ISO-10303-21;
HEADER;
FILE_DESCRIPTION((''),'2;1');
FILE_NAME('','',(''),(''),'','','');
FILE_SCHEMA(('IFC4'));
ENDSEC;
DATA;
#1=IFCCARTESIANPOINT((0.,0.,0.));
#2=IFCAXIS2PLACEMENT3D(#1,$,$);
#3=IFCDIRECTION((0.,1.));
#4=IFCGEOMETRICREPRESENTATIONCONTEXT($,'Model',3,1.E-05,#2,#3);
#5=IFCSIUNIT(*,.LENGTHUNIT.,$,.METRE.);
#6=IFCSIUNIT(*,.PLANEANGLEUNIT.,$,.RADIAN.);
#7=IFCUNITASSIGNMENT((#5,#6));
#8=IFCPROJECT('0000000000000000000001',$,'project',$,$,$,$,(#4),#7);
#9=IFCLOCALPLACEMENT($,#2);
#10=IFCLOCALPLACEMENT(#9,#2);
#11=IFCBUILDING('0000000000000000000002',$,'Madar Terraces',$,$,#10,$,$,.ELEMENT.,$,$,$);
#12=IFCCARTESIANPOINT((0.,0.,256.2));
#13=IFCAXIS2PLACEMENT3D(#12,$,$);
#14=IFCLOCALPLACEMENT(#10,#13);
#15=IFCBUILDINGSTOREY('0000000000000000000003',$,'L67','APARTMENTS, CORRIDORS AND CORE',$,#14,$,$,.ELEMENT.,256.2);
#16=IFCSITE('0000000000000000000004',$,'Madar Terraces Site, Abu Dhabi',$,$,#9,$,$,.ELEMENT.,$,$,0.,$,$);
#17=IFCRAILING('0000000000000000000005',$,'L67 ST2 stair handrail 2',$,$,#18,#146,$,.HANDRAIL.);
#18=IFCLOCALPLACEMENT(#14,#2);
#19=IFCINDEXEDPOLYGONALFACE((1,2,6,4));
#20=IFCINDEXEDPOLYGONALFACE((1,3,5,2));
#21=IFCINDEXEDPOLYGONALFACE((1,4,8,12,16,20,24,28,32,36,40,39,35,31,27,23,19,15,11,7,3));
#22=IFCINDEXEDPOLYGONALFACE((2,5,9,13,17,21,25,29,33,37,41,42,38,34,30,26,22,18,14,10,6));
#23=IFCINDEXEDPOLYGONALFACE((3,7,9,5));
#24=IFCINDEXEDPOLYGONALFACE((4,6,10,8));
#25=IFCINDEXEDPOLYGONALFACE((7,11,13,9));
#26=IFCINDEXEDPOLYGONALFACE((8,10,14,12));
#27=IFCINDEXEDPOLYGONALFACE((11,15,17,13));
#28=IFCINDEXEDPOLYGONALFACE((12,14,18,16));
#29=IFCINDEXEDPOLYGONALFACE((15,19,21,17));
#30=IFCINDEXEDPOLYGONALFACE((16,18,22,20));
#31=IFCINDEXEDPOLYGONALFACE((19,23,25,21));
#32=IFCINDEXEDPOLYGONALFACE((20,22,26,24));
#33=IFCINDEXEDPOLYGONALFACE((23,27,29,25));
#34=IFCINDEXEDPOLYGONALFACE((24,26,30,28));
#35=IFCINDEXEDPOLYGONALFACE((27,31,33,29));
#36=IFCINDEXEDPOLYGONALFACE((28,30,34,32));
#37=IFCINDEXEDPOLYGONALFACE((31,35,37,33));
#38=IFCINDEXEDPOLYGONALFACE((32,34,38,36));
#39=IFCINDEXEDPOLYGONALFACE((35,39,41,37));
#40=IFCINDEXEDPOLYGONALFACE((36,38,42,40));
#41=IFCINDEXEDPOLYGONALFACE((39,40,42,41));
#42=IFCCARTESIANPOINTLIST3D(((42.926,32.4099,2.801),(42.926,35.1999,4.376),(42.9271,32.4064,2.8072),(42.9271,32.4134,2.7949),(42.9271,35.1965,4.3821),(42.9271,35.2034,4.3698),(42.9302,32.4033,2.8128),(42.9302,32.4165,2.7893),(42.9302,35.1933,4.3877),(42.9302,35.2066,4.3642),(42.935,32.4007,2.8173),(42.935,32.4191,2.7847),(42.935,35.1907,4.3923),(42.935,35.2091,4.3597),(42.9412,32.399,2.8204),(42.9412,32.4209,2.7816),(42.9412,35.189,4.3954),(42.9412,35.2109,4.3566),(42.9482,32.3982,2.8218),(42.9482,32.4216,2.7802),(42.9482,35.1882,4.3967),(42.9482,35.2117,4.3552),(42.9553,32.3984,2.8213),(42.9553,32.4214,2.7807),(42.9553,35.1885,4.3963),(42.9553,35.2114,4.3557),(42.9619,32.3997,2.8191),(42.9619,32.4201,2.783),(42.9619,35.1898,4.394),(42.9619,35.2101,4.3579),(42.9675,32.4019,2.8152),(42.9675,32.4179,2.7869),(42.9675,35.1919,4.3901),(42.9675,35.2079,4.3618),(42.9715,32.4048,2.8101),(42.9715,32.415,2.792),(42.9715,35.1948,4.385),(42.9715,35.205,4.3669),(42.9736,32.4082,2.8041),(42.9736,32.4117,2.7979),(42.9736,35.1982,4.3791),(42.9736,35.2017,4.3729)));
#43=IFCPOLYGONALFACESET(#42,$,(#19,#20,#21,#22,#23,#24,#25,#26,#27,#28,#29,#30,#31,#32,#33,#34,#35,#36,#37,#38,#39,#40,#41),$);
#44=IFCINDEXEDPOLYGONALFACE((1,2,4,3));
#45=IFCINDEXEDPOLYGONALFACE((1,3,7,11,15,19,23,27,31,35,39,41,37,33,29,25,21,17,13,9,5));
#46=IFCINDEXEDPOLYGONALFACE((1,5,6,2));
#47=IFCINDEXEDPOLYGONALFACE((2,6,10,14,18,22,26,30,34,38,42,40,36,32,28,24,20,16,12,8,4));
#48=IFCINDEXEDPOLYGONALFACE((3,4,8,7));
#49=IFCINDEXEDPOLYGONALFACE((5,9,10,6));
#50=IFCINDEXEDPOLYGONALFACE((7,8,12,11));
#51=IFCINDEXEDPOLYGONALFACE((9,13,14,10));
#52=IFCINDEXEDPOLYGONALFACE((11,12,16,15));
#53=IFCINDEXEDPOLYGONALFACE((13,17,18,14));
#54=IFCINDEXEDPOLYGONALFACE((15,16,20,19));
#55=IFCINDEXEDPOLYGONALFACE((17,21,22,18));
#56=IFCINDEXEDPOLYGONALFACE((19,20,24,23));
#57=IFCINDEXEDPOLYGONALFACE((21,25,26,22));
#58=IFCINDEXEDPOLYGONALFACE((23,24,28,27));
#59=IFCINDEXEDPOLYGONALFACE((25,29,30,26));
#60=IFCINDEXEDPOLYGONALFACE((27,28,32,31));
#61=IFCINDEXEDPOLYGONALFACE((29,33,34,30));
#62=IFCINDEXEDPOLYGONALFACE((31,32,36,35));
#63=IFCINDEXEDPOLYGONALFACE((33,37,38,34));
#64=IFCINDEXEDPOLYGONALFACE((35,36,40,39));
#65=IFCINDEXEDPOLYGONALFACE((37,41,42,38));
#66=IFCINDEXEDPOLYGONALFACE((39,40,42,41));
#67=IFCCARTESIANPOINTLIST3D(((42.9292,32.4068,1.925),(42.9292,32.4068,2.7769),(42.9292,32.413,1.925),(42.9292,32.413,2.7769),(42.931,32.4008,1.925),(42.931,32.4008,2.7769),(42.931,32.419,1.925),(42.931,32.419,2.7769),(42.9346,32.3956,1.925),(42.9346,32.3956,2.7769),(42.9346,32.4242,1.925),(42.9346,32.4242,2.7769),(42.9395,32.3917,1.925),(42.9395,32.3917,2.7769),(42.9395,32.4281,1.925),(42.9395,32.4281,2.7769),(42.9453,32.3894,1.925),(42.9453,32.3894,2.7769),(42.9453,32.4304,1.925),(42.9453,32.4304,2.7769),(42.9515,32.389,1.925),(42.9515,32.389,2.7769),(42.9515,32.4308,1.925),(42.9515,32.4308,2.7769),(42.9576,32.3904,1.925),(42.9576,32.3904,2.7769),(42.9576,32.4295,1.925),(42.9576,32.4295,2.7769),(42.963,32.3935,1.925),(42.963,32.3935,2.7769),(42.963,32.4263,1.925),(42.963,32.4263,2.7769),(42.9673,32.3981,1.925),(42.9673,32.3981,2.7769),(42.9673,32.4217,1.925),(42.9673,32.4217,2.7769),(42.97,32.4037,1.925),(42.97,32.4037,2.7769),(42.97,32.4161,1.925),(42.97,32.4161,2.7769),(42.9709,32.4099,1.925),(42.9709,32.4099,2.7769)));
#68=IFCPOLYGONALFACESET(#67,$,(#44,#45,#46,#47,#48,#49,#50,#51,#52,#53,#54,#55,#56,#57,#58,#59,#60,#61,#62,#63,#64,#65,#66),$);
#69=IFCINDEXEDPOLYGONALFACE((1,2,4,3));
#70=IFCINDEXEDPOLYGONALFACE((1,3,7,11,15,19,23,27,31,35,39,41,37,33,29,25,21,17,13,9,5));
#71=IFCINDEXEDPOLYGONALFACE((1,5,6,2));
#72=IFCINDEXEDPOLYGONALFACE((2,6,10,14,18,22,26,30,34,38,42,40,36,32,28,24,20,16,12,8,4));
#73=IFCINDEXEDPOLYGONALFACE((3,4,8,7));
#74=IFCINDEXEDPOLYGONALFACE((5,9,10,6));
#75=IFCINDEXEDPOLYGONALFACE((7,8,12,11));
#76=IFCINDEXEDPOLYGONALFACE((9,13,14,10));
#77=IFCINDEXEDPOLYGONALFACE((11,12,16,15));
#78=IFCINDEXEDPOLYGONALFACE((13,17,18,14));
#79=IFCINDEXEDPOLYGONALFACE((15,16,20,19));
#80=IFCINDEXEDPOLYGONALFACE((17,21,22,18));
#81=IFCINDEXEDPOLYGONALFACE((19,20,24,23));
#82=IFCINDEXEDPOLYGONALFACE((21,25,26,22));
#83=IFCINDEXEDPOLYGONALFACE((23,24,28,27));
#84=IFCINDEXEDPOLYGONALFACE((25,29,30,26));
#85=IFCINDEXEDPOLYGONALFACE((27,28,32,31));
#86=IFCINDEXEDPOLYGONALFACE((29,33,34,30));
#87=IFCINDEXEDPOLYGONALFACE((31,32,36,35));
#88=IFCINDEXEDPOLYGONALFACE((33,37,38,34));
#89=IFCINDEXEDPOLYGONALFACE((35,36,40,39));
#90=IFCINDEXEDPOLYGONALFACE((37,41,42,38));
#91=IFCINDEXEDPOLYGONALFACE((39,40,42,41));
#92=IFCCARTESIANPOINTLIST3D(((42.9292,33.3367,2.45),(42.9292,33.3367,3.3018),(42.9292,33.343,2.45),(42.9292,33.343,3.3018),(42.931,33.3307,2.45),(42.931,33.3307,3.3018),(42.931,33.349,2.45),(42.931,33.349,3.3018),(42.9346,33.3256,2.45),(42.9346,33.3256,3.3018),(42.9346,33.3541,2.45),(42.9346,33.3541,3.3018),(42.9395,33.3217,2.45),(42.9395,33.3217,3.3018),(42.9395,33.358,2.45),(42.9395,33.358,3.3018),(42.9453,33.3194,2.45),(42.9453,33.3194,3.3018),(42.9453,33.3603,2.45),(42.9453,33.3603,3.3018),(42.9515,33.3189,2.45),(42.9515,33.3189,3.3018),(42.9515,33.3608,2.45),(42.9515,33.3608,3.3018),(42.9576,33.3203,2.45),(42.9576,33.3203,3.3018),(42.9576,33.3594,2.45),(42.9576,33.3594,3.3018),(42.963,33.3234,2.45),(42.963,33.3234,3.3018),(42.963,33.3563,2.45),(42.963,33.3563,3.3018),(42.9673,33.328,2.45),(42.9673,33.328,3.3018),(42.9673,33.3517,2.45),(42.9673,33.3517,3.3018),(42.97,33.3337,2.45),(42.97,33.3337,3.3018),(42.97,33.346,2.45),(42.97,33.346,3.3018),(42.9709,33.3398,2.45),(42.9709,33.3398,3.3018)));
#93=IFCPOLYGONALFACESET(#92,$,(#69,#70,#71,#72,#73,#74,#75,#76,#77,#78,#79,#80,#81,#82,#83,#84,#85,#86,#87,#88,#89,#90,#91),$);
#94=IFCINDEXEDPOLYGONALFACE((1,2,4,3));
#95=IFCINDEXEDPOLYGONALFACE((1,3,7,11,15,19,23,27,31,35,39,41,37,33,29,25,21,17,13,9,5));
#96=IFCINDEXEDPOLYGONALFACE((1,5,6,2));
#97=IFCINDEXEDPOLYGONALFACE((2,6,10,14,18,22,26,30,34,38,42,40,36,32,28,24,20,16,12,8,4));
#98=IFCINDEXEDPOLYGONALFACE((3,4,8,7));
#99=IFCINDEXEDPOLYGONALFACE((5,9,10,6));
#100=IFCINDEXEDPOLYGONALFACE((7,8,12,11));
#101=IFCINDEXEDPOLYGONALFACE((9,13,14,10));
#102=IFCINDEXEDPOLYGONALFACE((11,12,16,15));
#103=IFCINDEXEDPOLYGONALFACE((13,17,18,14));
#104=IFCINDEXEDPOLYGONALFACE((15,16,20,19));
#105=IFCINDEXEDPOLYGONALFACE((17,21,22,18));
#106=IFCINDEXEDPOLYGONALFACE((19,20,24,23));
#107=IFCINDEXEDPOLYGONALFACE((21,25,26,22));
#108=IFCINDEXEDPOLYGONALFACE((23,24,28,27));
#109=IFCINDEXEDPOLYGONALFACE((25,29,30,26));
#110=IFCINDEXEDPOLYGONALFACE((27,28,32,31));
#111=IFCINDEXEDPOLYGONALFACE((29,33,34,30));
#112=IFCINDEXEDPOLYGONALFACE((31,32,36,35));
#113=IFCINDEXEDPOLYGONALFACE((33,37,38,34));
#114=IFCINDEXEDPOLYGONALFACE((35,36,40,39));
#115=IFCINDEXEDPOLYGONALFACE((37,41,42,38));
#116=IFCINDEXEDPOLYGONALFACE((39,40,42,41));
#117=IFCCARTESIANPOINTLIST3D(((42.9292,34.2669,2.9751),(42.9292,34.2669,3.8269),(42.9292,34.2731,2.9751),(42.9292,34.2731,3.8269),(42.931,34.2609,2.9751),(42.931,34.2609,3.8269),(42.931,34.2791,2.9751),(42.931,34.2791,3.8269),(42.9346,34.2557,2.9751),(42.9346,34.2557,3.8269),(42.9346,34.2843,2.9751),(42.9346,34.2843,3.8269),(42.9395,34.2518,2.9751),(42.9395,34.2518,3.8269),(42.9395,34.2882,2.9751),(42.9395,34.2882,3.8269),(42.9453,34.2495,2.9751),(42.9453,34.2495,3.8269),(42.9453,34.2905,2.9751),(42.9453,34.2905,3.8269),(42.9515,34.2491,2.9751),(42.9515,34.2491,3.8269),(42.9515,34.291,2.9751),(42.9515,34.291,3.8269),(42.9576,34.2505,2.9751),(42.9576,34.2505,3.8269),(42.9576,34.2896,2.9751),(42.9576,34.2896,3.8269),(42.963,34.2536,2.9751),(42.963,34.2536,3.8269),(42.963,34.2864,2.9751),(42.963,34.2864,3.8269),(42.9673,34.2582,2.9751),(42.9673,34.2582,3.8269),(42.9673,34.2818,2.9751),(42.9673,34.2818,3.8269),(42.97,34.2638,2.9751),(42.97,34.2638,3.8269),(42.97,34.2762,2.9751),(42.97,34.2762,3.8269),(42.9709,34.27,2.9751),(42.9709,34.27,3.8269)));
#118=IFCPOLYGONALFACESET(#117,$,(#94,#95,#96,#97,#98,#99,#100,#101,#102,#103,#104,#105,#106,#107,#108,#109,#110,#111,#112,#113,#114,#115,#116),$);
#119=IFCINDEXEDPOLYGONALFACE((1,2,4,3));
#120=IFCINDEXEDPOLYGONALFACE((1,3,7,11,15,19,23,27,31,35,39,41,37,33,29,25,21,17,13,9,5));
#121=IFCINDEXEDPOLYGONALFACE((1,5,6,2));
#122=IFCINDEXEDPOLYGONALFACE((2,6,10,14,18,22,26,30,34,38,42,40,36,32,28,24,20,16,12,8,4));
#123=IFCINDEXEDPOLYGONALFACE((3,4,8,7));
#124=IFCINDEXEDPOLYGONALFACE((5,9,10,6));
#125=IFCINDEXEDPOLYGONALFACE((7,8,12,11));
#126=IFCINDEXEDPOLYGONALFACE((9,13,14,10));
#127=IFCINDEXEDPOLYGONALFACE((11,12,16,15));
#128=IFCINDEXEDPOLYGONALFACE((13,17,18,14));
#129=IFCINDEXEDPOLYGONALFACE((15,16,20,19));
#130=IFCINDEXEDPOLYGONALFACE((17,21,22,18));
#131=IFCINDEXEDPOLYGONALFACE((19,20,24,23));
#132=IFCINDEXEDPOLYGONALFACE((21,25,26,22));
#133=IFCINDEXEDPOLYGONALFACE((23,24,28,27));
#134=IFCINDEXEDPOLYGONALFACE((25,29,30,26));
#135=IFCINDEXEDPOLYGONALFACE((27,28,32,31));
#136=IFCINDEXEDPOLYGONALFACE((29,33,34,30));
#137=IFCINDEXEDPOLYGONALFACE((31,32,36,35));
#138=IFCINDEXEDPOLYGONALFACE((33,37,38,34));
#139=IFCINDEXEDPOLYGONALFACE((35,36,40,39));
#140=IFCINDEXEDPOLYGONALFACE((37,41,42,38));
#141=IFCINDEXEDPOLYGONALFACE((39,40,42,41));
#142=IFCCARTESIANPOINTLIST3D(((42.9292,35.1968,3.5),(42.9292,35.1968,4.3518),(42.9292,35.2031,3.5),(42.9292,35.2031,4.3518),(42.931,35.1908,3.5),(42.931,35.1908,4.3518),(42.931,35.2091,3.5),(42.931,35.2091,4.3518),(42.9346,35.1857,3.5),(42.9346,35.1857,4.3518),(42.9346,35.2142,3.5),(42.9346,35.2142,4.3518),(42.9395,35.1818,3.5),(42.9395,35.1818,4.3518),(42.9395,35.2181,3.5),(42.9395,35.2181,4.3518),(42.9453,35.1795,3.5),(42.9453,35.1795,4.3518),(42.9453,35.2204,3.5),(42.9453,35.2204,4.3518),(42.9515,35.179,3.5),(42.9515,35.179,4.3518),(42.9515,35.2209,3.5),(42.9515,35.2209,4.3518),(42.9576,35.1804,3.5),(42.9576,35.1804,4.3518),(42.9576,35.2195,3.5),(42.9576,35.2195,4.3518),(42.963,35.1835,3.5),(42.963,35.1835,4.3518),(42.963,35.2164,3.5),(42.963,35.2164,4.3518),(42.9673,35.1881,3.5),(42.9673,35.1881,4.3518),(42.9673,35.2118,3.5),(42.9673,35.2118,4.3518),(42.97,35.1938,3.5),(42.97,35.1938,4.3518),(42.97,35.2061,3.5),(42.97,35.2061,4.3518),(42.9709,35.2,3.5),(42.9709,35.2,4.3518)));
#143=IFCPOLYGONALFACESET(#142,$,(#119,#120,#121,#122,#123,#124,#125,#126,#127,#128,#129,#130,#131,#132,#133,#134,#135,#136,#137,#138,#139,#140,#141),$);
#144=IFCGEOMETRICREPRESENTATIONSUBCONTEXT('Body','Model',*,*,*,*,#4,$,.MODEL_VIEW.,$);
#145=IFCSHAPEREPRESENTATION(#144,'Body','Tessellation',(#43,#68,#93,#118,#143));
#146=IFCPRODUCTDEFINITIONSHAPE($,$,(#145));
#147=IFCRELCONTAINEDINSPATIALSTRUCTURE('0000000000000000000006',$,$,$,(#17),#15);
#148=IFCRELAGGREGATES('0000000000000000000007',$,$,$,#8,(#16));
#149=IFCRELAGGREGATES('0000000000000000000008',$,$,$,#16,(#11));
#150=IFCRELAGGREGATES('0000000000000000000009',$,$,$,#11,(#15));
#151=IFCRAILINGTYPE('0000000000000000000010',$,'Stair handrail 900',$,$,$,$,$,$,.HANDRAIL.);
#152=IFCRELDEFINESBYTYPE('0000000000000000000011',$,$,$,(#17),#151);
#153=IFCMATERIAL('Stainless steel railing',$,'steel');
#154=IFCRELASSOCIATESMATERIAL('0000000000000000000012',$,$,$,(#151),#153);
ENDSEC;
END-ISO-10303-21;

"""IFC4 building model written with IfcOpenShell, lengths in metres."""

from ifc_helpers import new_model, si_unit, direction, frame, origin, origin_2d, place, context, subcontext, project, spatial, circle, extrude, material, type_object, element, save


model = new_model("IFC4")

# Units and contexts
model_context = context("Model", 3, precision=1e-05, world=origin(), true_north=direction((0.0, 1.0)))
body_context = subcontext(model_context, "Body", "Model", "MODEL_VIEW")
ifc_project = project(units=[si_unit("LENGTHUNIT", "METRE"), si_unit("PLANEANGLEUNIT", "RADIAN")], contexts=[model_context])

# Site, building, storey
site_placement = place(None, origin())
site = spatial("IfcSite", under=ifc_project, at=site_placement, Name="Madar Terraces Site, Abu Dhabi", CompositionType="ELEMENT", RefElevation=0.0)
building_placement = place(site_placement, origin())
building = spatial("IfcBuilding", under=site, at=building_placement, Name="Madar Terraces", CompositionType="ELEMENT")
storey_placement = place(building_placement, frame((0.0, 0.0, 256.2)))
storey = spatial("IfcBuildingStorey", under=building, at=storey_placement, Name="L67", Description="APARTMENTS, CORRIDORS AND CORE", CompositionType="ELEMENT", Elevation=256.2)

# Railing
ifc_material_1 = material(Name="Stainless steel railing", Category="steel")
railing_type_1 = type_object("IfcRailingType", Name="Stair handrail 900", PredefinedType="HANDRAIL", material=ifc_material_1)
railing_1_placement = place(storey_placement, frame((42.95, 32.4099, 1.925)))
element("IfcRailing", 1, at=railing_1_placement, inside=storey, type_object=railing_type_1, Name="L67 ST2 stair handrail 2", PredefinedType="HANDRAIL", context=body_context, shape_type="SweptSolid", body=[
    extrude(circle(Radius=0.0239, at=origin_2d()), frame((0.0, 0.0, 0.876), z_axis=(0.0, 0.870834, 0.491578), x_axis=(-1.0, 0.0, 0.0)), (0.0, 0.0, 1.0), 3.2039),
    extrude(circle(Radius=0.021, at=origin_2d()), origin(), (0.0, 0.0, 1.0), 0.8518),
    extrude(circle(Radius=0.021, at=origin_2d()), frame((0.0, 0.9299, 0.5249)), (0.0, 0.0, 1.0), 0.8518),
    extrude(circle(Radius=0.021, at=origin_2d()), frame((0.0, 1.8601, 1.05)), (0.0, 0.0, 1.0), 0.8518),
    extrude(circle(Radius=0.021, at=origin_2d()), frame((0.0, 2.79, 1.575)), (0.0, 0.0, 1.0), 0.8518),
])

save(model, "model.ifc")
